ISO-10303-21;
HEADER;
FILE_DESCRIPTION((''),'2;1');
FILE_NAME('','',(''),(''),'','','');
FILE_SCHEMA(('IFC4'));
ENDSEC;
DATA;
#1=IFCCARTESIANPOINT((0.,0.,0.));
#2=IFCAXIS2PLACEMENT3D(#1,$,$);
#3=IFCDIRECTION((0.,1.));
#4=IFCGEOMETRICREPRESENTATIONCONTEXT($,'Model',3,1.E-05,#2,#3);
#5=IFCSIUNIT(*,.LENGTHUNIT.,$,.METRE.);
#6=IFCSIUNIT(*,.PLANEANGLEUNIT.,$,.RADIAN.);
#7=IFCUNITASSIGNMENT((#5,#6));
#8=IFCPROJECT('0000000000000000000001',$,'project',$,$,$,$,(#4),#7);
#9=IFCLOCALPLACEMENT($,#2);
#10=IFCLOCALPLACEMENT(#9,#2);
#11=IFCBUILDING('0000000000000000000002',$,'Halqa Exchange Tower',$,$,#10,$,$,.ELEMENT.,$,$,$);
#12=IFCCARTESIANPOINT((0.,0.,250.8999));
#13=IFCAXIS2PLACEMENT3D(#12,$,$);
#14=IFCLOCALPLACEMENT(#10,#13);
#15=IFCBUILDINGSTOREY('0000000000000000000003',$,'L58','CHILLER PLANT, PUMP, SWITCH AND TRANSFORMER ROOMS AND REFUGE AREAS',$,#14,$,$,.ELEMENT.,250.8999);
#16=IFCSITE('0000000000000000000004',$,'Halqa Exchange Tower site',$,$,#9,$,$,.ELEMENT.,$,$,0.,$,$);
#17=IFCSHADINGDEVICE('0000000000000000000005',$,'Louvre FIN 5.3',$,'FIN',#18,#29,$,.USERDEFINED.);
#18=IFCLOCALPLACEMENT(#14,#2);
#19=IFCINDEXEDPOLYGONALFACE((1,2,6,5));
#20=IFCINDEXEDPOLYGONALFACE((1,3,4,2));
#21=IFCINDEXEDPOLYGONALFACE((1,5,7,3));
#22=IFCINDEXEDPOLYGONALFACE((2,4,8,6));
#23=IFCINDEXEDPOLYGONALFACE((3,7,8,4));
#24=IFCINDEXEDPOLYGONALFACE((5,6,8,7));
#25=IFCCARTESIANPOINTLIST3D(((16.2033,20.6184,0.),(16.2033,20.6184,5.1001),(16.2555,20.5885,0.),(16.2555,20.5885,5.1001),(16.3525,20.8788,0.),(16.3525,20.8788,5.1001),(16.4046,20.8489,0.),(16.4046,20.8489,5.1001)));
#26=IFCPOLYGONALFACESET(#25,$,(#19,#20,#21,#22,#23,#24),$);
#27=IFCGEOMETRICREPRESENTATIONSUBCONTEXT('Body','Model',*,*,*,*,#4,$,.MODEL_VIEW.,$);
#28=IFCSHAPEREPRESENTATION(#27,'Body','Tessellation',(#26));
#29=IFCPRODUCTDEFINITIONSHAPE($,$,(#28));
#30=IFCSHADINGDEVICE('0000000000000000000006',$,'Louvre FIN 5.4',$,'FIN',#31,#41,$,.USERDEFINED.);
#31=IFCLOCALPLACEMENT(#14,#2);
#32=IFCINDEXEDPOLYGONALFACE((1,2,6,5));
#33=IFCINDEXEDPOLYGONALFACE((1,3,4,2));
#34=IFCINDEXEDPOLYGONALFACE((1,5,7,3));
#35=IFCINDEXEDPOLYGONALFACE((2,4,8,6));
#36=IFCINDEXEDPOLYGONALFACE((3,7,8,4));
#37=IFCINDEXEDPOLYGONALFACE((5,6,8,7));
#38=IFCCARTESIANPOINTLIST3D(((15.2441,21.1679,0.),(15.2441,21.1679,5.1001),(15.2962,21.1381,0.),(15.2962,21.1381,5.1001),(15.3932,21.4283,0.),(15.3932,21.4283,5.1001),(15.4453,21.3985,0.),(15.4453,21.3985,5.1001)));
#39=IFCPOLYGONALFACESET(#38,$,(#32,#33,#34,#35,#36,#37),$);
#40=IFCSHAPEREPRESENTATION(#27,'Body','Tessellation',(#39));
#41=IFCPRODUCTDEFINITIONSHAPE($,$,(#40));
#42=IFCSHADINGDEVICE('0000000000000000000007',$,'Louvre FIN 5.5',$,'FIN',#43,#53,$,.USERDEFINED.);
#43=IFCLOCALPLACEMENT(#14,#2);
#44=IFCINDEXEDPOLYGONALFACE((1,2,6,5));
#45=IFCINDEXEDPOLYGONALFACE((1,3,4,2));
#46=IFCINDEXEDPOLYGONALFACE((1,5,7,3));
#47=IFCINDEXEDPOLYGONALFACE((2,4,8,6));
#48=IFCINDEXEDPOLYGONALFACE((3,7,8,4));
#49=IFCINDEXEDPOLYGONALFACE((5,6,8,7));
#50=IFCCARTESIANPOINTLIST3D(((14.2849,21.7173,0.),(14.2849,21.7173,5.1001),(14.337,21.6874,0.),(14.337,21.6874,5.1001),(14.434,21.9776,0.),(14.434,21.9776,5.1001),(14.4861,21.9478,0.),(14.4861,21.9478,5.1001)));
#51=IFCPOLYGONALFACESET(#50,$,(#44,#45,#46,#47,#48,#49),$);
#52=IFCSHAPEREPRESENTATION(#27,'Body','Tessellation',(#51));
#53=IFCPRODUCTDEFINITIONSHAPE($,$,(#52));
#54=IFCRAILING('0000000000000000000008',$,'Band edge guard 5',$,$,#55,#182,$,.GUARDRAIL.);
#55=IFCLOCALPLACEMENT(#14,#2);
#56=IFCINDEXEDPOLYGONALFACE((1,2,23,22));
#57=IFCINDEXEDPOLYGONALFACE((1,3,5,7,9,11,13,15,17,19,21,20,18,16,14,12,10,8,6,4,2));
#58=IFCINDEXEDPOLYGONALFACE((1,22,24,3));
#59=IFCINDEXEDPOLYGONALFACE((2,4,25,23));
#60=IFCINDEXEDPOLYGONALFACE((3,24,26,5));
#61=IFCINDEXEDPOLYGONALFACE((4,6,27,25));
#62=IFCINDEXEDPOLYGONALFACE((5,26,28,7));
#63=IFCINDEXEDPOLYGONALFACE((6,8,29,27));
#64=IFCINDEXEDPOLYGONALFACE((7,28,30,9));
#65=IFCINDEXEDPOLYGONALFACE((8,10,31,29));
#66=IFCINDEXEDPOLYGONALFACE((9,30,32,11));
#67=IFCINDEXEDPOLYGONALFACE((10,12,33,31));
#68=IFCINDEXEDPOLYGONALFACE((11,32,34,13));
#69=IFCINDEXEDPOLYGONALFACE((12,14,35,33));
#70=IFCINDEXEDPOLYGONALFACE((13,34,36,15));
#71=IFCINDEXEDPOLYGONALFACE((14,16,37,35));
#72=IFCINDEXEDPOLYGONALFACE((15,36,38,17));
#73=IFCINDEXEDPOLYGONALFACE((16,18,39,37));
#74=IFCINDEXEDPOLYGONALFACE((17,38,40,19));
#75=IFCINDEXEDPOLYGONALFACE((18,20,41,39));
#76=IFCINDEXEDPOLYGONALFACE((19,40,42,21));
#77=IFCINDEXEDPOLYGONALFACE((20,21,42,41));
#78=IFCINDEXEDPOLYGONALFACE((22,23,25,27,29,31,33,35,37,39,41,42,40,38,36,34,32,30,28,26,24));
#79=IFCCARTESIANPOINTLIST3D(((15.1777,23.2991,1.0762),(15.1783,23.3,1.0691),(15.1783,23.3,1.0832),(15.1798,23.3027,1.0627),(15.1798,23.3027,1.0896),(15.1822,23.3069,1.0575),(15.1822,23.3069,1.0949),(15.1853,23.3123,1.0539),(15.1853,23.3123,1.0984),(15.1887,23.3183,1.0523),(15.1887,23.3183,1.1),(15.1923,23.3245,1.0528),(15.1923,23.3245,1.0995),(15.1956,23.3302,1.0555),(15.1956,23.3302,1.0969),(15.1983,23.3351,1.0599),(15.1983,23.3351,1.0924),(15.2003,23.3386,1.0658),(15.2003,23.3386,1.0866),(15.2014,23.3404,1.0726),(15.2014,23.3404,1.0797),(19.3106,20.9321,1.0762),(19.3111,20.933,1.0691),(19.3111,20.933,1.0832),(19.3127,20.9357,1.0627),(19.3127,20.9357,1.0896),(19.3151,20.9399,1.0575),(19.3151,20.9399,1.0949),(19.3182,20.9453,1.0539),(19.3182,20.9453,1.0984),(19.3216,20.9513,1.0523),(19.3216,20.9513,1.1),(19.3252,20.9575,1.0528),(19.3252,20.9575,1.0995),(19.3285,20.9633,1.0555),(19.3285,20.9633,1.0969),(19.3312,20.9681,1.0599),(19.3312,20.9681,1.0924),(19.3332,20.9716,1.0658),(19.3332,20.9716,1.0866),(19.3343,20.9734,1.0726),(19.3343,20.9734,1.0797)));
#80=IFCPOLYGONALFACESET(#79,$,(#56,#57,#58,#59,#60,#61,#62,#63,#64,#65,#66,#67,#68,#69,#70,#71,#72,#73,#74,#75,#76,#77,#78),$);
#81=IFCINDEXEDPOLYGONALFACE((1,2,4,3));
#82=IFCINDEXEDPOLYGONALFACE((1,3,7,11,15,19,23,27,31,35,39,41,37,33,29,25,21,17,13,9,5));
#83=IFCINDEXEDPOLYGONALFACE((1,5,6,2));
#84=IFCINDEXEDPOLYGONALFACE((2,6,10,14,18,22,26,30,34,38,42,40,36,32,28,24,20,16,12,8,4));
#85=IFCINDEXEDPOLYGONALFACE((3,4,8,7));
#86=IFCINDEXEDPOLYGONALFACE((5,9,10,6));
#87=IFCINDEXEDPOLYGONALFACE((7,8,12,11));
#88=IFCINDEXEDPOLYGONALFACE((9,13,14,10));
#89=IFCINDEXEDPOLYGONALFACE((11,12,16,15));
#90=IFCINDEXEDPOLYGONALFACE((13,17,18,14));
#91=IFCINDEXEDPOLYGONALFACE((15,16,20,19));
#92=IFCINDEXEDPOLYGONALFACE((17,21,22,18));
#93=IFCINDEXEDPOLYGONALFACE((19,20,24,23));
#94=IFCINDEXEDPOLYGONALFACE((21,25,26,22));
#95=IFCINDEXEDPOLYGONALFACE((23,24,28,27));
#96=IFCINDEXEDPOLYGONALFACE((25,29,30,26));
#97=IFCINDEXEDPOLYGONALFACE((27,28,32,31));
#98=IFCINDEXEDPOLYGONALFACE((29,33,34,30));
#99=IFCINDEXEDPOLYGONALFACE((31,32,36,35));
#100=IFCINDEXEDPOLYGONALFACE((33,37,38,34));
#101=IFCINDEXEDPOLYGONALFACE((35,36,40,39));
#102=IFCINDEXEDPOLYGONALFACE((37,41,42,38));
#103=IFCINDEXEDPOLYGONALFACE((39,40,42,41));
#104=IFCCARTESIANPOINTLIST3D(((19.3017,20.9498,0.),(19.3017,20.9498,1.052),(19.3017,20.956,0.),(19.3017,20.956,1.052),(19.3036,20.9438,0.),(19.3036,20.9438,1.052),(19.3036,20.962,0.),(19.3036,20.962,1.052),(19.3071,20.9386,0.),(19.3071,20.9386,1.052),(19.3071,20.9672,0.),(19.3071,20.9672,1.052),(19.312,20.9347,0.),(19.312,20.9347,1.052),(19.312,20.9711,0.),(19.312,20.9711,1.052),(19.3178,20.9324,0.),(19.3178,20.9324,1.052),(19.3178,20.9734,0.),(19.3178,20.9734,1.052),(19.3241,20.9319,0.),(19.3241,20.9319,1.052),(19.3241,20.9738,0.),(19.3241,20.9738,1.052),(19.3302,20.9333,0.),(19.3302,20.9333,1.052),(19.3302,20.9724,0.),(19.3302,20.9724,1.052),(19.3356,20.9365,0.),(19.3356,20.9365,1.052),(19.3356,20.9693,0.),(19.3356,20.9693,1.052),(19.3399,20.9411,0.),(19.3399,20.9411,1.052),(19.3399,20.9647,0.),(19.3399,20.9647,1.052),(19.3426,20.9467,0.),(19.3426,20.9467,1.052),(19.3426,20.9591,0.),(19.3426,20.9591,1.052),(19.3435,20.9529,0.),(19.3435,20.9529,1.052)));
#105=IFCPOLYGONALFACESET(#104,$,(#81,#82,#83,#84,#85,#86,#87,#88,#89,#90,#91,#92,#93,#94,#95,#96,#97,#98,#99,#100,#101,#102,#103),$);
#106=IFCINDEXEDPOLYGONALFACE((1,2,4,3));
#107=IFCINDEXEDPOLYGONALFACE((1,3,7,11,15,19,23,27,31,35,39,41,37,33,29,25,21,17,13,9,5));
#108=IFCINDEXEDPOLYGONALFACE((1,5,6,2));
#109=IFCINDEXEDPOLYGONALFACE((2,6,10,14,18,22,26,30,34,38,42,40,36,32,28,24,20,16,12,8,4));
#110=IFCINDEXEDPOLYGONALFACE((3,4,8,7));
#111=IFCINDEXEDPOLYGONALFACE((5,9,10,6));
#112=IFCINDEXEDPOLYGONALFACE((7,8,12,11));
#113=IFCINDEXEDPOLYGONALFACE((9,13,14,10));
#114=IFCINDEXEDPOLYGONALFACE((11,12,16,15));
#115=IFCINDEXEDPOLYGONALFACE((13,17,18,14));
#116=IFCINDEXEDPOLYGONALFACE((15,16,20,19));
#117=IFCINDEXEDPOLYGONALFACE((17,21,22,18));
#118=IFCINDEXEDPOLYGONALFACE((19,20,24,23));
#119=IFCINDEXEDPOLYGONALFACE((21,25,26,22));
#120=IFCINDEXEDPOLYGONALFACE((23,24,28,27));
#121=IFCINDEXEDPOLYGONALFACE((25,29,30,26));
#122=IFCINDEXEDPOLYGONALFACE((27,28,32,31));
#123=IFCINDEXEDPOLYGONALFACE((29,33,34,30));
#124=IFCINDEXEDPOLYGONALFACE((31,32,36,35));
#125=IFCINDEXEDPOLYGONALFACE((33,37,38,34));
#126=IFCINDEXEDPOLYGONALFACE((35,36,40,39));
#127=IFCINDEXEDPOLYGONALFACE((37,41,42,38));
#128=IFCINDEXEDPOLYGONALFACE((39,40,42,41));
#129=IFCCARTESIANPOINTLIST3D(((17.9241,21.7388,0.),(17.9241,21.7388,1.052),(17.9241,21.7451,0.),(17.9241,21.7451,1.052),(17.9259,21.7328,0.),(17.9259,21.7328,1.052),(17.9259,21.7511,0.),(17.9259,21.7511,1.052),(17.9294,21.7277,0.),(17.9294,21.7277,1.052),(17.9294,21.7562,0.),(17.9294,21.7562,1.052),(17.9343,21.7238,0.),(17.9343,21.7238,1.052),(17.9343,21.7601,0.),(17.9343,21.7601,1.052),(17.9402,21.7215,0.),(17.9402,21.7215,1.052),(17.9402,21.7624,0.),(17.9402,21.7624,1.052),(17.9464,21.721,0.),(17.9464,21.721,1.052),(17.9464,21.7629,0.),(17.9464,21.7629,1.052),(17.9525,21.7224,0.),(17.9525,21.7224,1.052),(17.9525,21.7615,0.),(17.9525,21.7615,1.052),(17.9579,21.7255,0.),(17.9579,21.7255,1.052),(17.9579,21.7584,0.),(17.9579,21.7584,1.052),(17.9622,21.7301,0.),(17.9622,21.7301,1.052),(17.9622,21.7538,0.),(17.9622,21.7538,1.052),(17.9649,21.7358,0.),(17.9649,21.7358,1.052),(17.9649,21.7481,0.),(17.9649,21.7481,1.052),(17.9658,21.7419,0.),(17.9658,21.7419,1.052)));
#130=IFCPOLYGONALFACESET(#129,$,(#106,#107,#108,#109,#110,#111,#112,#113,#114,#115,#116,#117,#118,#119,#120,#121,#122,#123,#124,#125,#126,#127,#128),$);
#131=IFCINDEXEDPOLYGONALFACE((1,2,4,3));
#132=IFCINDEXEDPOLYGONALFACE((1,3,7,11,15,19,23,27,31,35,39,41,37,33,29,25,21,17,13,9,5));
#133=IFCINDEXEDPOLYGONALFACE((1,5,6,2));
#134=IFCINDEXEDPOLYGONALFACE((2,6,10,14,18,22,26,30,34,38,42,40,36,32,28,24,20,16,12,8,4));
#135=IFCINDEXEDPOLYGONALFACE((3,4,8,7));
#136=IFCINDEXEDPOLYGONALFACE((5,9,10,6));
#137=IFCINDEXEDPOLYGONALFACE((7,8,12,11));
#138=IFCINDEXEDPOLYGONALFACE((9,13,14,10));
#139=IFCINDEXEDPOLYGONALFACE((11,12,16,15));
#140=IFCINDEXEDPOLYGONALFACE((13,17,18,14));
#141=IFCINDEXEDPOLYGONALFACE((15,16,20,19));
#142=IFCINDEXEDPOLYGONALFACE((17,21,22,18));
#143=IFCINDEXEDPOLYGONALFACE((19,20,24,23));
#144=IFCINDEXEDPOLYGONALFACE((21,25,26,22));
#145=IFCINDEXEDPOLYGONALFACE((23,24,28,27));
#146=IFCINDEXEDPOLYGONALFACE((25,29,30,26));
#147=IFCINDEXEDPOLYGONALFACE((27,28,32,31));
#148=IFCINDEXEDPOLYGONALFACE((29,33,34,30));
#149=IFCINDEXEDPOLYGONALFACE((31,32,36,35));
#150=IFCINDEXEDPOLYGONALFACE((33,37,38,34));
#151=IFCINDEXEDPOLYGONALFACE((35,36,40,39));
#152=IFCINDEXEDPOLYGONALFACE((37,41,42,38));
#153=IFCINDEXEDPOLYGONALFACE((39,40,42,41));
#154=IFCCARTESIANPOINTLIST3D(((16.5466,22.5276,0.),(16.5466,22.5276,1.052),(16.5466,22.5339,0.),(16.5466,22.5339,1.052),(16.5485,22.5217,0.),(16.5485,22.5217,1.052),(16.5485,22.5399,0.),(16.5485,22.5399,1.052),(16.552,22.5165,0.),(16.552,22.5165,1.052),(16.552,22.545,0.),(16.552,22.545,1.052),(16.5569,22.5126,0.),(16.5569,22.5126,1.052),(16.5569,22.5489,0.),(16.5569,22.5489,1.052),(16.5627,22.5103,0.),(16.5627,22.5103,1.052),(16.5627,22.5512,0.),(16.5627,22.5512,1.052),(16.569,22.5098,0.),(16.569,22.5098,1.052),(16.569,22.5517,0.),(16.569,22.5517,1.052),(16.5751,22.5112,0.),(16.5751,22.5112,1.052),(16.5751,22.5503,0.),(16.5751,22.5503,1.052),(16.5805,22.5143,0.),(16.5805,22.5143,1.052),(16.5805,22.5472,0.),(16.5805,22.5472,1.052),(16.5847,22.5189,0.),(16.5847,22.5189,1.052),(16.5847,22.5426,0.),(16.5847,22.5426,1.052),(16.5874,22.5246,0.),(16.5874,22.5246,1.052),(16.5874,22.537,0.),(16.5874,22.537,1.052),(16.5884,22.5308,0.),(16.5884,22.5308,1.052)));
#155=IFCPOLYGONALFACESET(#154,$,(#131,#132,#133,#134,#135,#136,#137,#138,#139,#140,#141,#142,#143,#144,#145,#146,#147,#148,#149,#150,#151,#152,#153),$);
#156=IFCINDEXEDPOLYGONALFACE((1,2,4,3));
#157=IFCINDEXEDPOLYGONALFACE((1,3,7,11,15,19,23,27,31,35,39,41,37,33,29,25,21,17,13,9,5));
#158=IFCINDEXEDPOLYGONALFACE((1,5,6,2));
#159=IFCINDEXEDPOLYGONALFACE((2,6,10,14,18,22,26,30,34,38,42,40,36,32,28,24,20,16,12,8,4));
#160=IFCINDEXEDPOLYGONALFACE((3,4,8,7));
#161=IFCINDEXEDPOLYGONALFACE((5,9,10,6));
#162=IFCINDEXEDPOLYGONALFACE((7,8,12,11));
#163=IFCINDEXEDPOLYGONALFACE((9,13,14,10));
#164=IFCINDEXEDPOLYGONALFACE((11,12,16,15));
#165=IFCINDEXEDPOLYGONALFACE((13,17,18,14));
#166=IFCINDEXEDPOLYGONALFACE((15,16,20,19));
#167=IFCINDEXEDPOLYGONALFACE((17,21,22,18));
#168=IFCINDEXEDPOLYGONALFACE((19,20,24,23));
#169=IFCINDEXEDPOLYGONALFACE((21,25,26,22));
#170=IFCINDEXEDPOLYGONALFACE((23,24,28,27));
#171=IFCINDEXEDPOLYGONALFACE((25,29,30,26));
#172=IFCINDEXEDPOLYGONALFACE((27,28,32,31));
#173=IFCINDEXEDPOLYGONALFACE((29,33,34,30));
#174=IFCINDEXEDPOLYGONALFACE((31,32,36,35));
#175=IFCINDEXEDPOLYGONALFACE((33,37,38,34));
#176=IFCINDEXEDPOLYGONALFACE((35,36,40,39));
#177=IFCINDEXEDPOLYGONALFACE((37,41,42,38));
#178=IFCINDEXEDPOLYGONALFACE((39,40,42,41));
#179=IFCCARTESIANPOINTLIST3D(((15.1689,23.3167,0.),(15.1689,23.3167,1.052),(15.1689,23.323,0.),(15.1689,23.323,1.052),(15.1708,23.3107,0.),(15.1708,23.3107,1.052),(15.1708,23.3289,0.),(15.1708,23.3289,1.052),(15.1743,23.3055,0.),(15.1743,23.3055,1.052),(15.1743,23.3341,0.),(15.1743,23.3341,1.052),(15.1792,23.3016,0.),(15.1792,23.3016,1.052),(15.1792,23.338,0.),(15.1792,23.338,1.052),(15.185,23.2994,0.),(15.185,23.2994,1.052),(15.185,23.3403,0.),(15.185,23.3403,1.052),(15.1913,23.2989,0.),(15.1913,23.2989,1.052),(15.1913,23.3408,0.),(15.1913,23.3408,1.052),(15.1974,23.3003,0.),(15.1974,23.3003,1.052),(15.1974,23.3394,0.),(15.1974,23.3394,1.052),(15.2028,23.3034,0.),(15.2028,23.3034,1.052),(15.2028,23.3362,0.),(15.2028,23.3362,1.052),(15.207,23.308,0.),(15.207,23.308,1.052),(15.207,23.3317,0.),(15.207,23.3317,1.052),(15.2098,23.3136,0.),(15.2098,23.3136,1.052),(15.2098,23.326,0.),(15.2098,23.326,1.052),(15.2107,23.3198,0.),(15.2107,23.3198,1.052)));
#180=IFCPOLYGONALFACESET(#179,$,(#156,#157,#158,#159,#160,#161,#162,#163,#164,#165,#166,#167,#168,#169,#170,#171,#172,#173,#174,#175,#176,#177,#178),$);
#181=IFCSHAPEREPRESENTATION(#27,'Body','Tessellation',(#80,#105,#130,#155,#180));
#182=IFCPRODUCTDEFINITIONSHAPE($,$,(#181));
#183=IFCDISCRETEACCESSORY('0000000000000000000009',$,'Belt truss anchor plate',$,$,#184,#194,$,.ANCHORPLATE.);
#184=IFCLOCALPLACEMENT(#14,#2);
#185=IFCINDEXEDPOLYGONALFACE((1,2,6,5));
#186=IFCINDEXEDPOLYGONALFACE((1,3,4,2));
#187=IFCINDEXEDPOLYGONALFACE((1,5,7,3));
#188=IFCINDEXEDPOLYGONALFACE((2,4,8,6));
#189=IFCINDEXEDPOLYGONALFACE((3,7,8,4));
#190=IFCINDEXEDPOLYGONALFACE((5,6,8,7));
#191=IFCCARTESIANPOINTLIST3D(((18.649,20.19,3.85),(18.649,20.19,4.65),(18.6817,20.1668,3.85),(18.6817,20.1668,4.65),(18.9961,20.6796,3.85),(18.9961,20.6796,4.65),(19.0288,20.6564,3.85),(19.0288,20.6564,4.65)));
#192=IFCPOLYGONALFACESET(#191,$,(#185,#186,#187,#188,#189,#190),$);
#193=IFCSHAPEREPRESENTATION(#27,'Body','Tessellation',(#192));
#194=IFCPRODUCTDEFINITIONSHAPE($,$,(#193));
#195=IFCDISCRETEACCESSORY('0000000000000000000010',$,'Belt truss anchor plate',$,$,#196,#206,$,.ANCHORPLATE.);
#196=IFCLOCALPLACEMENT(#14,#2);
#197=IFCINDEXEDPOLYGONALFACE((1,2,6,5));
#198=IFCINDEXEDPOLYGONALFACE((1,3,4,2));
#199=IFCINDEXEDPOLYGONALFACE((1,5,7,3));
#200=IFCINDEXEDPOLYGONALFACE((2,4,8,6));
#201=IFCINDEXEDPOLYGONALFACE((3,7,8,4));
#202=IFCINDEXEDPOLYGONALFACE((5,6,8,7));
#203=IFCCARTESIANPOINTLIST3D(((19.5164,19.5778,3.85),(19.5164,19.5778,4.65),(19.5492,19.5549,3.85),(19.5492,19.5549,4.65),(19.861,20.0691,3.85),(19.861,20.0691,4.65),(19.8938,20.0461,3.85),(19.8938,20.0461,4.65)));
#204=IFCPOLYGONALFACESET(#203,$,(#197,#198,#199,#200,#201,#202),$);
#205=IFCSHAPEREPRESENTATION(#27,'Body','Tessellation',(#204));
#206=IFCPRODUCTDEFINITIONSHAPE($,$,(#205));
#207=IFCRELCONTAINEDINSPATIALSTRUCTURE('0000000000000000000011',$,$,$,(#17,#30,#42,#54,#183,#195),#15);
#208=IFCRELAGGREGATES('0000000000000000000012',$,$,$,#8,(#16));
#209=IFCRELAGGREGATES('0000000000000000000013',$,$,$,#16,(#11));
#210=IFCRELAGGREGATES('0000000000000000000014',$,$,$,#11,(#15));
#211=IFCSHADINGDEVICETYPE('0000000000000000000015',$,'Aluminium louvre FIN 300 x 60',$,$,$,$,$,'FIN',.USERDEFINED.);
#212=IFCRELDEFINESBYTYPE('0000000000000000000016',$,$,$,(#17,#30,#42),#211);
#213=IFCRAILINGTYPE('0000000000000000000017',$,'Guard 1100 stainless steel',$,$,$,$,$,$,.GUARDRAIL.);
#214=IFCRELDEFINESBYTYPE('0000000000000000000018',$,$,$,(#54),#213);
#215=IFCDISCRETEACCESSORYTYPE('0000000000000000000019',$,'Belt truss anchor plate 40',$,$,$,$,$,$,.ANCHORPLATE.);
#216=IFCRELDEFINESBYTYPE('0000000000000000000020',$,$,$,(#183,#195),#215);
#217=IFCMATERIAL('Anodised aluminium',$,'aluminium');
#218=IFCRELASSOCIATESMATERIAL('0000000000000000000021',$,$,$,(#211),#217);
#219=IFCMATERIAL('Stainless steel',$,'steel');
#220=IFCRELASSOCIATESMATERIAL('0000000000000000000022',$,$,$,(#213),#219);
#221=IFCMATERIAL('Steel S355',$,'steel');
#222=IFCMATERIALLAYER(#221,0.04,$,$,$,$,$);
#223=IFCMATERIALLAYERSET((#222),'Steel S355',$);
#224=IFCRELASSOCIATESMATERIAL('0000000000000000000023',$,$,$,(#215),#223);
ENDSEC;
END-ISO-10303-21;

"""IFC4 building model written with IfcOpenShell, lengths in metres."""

from ifc_helpers import new_model, si_unit, direction, frame, origin, origin_2d, place, context, subcontext, project, spatial, rectangle, circle, extrude, material, layer, layer_set, material_profile, profile_set, type_object, element, save


model = new_model("IFC4")

# Units and contexts
model_context = context("Model", 3, precision=1e-05, world=origin(), true_north=direction((0.0, 1.0)))
body_context = subcontext(model_context, "Body", "Model", "MODEL_VIEW")
ifc_project = project(units=[si_unit("LENGTHUNIT", "METRE"), si_unit("PLANEANGLEUNIT", "RADIAN")], contexts=[model_context])

# Site, building, storey
site_placement = place(None, origin())
site = spatial("IfcSite", under=ifc_project, at=site_placement, Name="Halqa Exchange Tower site", CompositionType="ELEMENT", RefElevation=0.0)
building_placement = place(site_placement, origin())
building = spatial("IfcBuilding", under=site, at=building_placement, Name="Halqa Exchange Tower", CompositionType="ELEMENT")
storey_placement = place(building_placement, frame((0.0, 0.0, 250.8999)))
storey = spatial("IfcBuildingStorey", under=building, at=storey_placement, Name="L58", Description="CHILLER PLANT, PUMP, SWITCH AND TRANSFORMER ROOMS AND REFUGE AREAS", CompositionType="ELEMENT", Elevation=250.8999)

# Shared definitions
ifc_material_1 = material(Name="Steel S355", Category="steel")

# Shading devices
ifc_material_2 = material(Name="Anodised aluminium", Category="aluminium")
ifc_material_profile_1 = material_profile(ifc_material_2, rectangle(XDim=0.3, YDim=0.0601, at=origin_2d()), Name="AL FIN 300x60")
ifc_profile_set_1 = profile_set([ifc_material_profile_1], Name="Anodised aluminium")
shading_device_type = type_object("IfcShadingDeviceType", Name="Aluminium louvre FIN 300 x 60", ElementType="FIN", PredefinedType="USERDEFINED", material=ifc_profile_set_1)
for number, where, z_axis, x_axis, name in (
    (1, (16.304, 20.7336, 0.0), (0.0, 0.0, 1.0), (-0.496985, -0.867759, 0.0), "Louvre FIN 5.3"),
    (2, (15.3447, 21.2832, 0.0), (0.0, 0.0, 1.0), (-0.496985, -0.867759, 0.0), "Louvre FIN 5.4"),
    (3, (14.3855, 21.8325, 0.0), (0.0, 0.0, 1.0), (-0.496985, -0.867759, 0.0), "Louvre FIN 5.5"),
):
    element("IfcShadingDevice", number, at=place(storey_placement, frame(where, z_axis=z_axis, x_axis=x_axis)), inside=storey, type_object=shading_device_type, Name=name, ObjectType="FIN", PredefinedType="USERDEFINED", context=body_context, shape_type="SweptSolid", body=[
        extrude(rectangle(XDim=0.3, YDim=0.0601, at=origin_2d()), origin(), (0.0, 0.0, 1.0), 5.1001),
    ])

# Railing
ifc_material_3 = material(Name="Stainless steel", Category="steel")
railing_type = type_object("IfcRailingType", Name="Guard 1100 stainless steel", PredefinedType="GUARDRAIL", material=ifc_material_3)
railing_placement = place(storey_placement, frame((19.3225, 20.9529, 0.0)))
element("IfcRailing", 4, at=railing_placement, inside=storey, type_object=railing_type, Name="Band edge guard 5", PredefinedType="GUARDRAIL", context=body_context, shape_type="SweptSolid", body=[
    extrude(circle(Radius=0.0239, at=origin_2d()), frame((0.0, 0.0, 1.0762), z_axis=(-0.86776, 0.496983, 0.0), x_axis=(-0.496983, -0.86776, 0.0)), (0.0, 0.0, 1.0), 4.7627),
    extrude(circle(Radius=0.021, at=origin_2d()), origin(), (0.0, 0.0, 1.0), 1.052),
    extrude(circle(Radius=0.021, at=origin_2d()), frame((-1.3777, 0.7891, 0.0)), (0.0, 0.0, 1.0), 1.052),
    extrude(circle(Radius=0.021, at=origin_2d()), frame((-2.7551, 1.5779, 0.0)), (0.0, 0.0, 1.0), 1.052),
    extrude(circle(Radius=0.021, at=origin_2d()), frame((-4.1328, 2.3669, 0.0)), (0.0, 0.0, 1.0), 1.052),
])

# Discrete accessories
ifc_layer_1 = layer(ifc_material_1, 0.04)
ifc_layer_set_1 = layer_set([ifc_layer_1], Name="Steel S355")
discrete_accessory_type = type_object("IfcDiscreteAccessoryType", Name="Belt truss anchor plate 40", PredefinedType="ANCHORPLATE", material=ifc_layer_set_1)
for number, where, z_axis, x_axis, name in (
    (5, (18.8552, 20.4116, 4.25), (-0.815785, 0.578355, 0.0), (-0.578355, -0.815785, 0.0), "Belt truss anchor plate"),
    (6, (19.6887, 19.8235, 4.25), (0.818657, -0.574282, 0.0), (0.574282, 0.818657, 0.0), "Belt truss anchor plate"),
):
    element("IfcDiscreteAccessory", number, at=place(storey_placement, frame(where, z_axis=z_axis, x_axis=x_axis)), inside=storey, type_object=discrete_accessory_type, Name=name, PredefinedType="ANCHORPLATE", context=body_context, shape_type="SweptSolid", body=[
        extrude(rectangle(XDim=0.6001, YDim=0.8, at=origin_2d()), origin(), (0.0, 0.0, 1.0), 0.04),
    ])

save(model, "model.ifc")
